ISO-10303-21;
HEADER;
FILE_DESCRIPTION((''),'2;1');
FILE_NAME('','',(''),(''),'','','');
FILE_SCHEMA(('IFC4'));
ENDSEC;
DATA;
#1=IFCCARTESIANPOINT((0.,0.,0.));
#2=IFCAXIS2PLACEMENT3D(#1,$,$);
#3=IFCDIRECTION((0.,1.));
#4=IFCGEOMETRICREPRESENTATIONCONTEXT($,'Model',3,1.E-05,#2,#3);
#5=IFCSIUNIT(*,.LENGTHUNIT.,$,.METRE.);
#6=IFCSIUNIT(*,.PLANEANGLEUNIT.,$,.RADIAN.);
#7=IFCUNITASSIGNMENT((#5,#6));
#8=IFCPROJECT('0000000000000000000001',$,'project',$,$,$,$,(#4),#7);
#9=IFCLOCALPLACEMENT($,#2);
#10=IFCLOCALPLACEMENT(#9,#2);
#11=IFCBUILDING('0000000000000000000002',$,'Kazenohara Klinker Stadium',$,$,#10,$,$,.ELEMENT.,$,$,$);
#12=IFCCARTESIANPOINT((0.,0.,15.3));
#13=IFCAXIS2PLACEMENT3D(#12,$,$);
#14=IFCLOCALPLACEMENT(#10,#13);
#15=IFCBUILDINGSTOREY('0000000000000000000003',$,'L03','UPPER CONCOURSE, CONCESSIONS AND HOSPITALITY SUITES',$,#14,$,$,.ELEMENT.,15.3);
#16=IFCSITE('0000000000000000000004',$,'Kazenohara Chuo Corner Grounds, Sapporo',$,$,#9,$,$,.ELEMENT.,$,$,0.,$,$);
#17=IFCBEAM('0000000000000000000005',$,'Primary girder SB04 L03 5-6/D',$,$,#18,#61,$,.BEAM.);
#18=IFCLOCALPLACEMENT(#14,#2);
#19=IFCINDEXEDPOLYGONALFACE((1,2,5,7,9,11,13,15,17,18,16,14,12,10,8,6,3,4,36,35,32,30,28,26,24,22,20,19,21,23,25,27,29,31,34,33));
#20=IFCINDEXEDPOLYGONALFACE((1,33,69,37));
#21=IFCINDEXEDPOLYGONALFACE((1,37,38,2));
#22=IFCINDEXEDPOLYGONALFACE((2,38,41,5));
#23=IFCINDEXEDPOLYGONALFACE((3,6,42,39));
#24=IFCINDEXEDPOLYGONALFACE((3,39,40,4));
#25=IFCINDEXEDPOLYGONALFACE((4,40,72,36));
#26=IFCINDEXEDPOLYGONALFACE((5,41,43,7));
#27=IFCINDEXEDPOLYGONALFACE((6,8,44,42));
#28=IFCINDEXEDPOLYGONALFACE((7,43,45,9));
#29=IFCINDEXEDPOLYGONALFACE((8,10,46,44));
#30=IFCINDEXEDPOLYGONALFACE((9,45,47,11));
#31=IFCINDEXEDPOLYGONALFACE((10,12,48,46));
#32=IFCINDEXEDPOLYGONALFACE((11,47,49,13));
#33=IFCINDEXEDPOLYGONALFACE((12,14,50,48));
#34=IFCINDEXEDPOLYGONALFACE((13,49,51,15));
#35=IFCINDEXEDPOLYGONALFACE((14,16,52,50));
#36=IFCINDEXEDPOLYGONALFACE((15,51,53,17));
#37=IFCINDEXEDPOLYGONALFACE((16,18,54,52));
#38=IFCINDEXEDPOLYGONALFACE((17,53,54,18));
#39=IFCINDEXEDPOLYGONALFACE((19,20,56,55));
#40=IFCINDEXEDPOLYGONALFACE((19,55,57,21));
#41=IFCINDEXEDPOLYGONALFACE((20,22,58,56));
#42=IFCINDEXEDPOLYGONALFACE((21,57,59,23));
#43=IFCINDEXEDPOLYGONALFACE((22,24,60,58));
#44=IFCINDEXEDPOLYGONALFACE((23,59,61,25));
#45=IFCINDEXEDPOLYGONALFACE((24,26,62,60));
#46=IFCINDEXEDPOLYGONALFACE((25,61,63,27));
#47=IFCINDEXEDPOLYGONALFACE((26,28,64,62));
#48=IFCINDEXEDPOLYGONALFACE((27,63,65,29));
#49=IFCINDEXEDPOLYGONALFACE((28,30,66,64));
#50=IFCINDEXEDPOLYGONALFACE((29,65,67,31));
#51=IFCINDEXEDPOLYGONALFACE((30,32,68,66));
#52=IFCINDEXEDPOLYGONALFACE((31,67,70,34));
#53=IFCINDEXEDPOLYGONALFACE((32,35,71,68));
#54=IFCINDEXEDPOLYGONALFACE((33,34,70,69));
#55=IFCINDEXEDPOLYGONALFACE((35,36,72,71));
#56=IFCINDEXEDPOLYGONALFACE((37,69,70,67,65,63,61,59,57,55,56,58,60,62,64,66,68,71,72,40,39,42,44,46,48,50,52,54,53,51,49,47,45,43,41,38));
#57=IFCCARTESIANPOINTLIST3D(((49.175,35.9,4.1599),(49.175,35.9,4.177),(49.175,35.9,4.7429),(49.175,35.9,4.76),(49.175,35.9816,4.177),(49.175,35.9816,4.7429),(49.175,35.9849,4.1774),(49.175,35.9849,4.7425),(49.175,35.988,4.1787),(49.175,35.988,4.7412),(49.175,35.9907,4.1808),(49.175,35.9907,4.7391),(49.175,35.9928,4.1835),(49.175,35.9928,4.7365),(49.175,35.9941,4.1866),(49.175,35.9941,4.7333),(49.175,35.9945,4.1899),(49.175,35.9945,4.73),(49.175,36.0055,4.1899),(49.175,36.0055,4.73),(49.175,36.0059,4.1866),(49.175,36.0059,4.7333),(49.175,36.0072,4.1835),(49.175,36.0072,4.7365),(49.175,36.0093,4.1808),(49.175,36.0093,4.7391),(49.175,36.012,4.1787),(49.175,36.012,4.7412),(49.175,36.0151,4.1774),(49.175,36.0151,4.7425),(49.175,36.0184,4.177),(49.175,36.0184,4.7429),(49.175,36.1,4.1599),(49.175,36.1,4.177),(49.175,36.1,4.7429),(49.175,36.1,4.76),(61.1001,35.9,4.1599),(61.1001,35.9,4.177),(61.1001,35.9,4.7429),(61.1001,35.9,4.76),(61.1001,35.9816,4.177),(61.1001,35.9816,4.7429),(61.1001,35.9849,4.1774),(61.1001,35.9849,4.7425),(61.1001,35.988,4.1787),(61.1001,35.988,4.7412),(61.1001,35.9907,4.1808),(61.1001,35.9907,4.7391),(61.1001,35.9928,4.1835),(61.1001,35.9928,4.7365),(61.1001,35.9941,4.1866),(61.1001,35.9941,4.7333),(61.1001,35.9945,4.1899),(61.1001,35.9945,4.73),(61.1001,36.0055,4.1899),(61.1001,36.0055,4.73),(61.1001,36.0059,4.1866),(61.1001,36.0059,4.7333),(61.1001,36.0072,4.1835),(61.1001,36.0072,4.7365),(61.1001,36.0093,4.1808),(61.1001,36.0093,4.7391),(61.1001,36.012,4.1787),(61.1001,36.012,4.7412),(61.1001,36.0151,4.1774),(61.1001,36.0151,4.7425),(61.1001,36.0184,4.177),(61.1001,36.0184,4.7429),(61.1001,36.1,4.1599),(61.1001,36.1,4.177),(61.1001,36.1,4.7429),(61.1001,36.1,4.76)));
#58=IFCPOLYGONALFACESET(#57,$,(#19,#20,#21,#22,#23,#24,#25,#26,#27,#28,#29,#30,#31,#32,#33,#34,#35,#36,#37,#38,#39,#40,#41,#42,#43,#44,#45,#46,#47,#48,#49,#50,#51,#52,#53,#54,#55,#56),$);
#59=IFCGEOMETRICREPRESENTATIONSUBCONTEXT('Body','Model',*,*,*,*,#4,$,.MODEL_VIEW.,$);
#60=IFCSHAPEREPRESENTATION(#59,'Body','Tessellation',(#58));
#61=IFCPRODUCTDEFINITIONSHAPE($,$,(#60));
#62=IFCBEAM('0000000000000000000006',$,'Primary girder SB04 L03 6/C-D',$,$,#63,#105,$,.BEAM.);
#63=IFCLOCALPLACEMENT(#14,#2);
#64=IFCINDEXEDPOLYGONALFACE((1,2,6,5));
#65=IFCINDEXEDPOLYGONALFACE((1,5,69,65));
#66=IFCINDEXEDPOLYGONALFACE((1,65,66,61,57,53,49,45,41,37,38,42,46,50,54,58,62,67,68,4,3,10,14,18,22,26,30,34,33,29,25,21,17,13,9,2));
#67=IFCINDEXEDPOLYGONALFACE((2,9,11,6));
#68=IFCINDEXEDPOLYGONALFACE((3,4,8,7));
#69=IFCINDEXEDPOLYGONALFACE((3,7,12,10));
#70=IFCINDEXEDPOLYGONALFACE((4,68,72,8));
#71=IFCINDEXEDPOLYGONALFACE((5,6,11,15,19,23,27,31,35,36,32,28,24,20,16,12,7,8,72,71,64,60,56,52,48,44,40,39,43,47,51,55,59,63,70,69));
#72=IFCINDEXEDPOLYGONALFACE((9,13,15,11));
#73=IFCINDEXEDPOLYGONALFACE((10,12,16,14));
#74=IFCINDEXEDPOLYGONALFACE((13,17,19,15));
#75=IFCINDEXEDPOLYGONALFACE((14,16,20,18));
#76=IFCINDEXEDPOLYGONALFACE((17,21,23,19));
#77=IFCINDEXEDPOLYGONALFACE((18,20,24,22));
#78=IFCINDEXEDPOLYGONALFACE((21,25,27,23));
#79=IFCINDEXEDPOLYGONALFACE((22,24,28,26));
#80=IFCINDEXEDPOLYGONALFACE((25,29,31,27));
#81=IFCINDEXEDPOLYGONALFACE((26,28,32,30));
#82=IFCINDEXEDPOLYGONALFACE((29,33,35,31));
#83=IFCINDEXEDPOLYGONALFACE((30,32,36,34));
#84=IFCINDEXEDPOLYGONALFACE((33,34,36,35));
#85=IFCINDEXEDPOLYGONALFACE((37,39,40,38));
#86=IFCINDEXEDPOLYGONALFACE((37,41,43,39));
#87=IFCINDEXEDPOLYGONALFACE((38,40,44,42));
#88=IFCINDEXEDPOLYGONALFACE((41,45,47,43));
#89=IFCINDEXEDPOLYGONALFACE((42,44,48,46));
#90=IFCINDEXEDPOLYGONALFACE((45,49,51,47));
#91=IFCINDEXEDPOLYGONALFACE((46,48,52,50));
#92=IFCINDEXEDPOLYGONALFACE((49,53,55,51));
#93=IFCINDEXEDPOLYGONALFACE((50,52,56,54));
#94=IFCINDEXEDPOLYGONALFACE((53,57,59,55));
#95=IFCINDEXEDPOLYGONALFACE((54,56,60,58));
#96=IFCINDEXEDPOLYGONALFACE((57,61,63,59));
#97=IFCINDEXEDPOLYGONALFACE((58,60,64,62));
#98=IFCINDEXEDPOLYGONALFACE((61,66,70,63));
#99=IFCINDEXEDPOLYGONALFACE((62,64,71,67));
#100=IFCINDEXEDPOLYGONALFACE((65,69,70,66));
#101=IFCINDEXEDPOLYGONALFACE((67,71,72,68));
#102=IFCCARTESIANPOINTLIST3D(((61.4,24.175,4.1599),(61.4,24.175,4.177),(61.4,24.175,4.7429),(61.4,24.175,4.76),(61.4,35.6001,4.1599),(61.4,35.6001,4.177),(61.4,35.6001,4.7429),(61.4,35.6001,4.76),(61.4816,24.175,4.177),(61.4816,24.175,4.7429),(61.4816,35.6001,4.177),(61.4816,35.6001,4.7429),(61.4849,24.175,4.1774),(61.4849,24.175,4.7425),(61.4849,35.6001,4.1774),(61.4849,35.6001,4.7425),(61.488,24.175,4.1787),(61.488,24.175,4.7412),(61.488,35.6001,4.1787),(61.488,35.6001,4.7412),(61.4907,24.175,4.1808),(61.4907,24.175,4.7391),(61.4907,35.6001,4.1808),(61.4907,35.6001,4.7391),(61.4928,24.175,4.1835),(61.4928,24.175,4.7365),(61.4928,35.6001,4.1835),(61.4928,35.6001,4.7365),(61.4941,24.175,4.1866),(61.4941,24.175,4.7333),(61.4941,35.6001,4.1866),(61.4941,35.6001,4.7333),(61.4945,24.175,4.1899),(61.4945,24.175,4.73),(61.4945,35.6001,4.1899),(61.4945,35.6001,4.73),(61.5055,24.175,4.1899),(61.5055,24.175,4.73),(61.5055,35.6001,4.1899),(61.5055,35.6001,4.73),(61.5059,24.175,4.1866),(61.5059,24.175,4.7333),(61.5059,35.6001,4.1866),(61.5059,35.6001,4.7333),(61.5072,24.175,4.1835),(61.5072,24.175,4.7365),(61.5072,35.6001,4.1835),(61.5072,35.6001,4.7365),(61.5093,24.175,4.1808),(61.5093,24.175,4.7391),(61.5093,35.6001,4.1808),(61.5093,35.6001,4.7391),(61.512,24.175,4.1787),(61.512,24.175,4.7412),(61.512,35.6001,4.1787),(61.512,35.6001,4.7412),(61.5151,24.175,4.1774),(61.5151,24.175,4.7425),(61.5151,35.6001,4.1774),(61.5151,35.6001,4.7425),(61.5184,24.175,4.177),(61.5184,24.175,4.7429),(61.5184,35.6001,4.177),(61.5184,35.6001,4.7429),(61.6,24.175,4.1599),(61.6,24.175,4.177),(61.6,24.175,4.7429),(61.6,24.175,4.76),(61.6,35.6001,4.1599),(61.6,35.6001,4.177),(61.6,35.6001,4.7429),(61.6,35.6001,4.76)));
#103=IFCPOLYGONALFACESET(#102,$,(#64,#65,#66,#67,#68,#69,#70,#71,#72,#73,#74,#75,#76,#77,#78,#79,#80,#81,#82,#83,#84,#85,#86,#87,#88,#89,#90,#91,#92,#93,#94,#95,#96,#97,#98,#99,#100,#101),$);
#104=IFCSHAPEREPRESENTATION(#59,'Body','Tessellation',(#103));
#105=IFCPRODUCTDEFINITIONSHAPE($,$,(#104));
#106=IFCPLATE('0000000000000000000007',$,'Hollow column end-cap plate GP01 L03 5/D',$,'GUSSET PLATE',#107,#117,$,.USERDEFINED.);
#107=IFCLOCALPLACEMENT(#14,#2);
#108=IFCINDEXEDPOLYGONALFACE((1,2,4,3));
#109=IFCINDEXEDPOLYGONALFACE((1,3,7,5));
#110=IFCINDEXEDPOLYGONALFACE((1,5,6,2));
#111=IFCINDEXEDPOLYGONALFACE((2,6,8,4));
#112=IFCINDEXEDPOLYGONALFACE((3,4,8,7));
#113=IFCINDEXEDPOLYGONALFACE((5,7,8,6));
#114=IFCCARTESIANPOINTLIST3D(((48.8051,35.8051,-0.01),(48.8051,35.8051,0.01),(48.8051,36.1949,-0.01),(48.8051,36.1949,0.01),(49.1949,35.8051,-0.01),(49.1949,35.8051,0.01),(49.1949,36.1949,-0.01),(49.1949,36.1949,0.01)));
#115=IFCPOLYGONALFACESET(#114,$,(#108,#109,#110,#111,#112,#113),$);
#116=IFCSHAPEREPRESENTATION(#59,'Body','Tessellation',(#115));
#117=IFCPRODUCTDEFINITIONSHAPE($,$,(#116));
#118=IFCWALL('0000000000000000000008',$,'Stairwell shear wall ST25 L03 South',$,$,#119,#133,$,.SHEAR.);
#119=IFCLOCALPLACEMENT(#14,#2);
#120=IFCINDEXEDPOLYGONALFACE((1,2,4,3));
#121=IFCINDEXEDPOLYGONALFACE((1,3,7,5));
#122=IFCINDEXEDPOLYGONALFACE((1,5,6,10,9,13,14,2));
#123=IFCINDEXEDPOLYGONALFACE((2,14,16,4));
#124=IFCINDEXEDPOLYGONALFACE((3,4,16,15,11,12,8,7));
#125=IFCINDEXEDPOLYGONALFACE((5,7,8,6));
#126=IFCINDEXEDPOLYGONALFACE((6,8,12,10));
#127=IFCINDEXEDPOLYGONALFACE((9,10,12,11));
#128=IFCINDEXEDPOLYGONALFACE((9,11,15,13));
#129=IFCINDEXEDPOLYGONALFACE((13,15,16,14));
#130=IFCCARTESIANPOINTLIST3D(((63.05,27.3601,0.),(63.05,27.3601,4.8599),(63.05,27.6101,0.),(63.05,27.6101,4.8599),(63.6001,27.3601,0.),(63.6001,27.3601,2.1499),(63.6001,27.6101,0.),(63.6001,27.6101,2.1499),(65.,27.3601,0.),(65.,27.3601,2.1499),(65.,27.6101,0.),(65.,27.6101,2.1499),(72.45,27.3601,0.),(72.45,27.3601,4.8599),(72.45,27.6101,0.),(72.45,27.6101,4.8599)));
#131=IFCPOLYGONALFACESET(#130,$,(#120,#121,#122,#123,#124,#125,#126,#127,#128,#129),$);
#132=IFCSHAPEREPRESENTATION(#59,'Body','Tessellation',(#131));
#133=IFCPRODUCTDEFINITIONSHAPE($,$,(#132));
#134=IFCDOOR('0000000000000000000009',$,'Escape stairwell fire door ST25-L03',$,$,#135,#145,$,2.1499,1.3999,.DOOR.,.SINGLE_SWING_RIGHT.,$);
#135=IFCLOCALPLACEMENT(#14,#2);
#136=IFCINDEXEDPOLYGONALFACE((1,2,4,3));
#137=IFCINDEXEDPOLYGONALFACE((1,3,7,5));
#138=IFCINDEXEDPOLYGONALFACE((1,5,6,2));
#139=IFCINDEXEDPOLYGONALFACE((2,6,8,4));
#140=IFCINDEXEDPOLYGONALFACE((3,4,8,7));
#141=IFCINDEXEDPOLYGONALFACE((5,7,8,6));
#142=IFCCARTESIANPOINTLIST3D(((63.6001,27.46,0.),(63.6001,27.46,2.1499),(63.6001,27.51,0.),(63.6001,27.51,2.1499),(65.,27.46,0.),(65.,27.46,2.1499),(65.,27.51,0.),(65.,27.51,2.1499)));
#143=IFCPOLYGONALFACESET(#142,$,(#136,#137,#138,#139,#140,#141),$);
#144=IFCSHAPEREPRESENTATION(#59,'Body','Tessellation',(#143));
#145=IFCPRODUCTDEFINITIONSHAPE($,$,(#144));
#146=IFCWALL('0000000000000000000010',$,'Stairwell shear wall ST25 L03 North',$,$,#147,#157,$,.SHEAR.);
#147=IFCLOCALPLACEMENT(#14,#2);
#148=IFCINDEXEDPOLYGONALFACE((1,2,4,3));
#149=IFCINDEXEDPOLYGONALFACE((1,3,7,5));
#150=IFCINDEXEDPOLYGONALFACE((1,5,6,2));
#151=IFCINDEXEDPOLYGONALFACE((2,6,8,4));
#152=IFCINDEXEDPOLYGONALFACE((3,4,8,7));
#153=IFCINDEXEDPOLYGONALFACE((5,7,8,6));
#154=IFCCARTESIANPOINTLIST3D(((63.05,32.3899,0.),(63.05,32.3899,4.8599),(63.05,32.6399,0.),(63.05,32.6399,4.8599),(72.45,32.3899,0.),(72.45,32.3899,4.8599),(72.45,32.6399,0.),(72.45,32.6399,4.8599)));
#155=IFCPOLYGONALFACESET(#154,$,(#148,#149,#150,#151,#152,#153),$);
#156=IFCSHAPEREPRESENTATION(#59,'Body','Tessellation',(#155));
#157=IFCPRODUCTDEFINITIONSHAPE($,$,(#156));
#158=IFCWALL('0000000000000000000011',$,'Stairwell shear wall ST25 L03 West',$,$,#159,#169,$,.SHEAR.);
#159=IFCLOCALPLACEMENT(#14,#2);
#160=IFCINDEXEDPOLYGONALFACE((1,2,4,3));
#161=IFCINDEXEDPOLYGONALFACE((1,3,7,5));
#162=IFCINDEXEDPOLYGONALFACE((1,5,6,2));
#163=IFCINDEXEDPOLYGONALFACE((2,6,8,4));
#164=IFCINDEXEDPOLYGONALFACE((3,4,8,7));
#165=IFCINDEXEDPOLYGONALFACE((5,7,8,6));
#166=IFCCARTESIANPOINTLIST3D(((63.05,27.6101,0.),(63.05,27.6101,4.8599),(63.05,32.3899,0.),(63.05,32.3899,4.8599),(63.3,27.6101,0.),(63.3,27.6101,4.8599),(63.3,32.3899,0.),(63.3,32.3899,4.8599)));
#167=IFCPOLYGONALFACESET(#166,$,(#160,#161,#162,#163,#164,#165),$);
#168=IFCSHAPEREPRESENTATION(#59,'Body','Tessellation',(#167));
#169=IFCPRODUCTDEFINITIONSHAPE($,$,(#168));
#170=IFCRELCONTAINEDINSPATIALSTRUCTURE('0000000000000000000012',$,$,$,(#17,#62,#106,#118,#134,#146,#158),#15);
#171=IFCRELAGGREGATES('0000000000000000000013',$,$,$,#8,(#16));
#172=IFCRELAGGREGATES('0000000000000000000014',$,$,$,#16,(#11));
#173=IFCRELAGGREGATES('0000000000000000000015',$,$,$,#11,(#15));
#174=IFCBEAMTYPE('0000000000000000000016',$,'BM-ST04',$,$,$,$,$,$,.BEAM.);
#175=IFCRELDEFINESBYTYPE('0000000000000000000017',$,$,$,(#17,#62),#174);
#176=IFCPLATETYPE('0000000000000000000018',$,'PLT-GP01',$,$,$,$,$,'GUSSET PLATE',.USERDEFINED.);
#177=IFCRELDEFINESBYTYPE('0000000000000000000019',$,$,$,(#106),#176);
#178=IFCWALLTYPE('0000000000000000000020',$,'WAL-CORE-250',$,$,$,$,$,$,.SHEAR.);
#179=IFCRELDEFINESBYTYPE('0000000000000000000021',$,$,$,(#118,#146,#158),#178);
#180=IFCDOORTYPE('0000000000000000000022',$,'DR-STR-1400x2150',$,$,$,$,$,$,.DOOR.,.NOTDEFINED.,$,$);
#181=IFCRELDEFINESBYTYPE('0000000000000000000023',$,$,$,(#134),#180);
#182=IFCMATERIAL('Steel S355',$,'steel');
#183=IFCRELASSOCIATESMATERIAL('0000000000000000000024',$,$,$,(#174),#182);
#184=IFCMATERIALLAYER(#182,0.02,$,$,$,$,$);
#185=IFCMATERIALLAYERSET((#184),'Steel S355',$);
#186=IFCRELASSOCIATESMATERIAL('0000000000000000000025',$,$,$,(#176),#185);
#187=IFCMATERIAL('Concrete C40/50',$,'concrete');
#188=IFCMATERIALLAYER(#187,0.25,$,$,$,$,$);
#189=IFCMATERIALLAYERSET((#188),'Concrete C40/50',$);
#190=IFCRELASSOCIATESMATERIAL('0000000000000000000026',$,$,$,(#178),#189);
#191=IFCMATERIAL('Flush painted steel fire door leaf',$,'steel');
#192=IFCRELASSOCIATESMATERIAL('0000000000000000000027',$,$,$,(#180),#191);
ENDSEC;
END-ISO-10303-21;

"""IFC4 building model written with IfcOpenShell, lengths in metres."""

from ifc_helpers import new_model, si_unit, direction, frame, frame_2d, origin, origin_2d, place, context, subcontext, project, spatial, rectangle, i_section, extrude, material, layer, layer_set, material_profile, profile_set, type_object, element, fill, save


model = new_model("IFC4")

# Units and contexts
model_context = context("Model", 3, precision=1e-05, world=origin(), true_north=direction((0.0, 1.0)))
body_context = subcontext(model_context, "Body", "Model", "MODEL_VIEW")
ifc_project = project(units=[si_unit("LENGTHUNIT", "METRE"), si_unit("PLANEANGLEUNIT", "RADIAN")], contexts=[model_context])

# Site, building, storey
site_placement = place(None, origin())
site = spatial("IfcSite", under=ifc_project, at=site_placement, Name="Kazenohara Chuo Corner Grounds, Sapporo", CompositionType="ELEMENT", RefElevation=0.0)
building_placement = place(site_placement, origin())
building = spatial("IfcBuilding", under=site, at=building_placement, Name="Kazenohara Klinker Stadium", CompositionType="ELEMENT")
storey_placement = place(building_placement, frame((0.0, 0.0, 15.3)))
storey = spatial("IfcBuildingStorey", under=building, at=storey_placement, Name="L03", Description="UPPER CONCOURSE, CONCESSIONS AND HOSPITALITY SUITES", CompositionType="ELEMENT", Elevation=15.3)

# Shared definitions
ifc_material_1 = material(Name="Concrete C40/50", Category="concrete")
ifc_material_2 = material(Name="Steel S355", Category="steel")

# Beams
ifc_material_profile_1 = material_profile(ifc_material_2, i_section(OverallWidth=0.2, OverallDepth=0.6001, WebThickness=0.011, FlangeThickness=0.0171, FilletRadius=0.0129, at=origin_2d()), Name="H-600x200x11x17")
ifc_profile_set_1 = profile_set([ifc_material_profile_1], Name="Steel S355")
beam_type_1 = type_object("IfcBeamType", Name="BM-ST04", PredefinedType="BEAM", material=ifc_profile_set_1)
beam_1_placement = place(storey_placement, frame((49.175, 36.0, 4.46), z_axis=(1.0, 0.0, 0.0), x_axis=(0.0, 1.0, 0.0)))
element("IfcBeam", 1, at=beam_1_placement, inside=storey, type_object=beam_type_1, Name="Primary girder SB04 L03 5-6/D", PredefinedType="BEAM", context=body_context, shape_type="SweptSolid", body=[
    extrude(i_section(OverallWidth=0.2, OverallDepth=0.6001, WebThickness=0.011, FlangeThickness=0.0171, FilletRadius=0.0129, at=origin_2d()), origin(), (0.0, 0.0, 1.0), 11.925),
])
beam_2_placement = place(storey_placement, frame((61.5, 24.175, 4.46), z_axis=(0.0, 1.0, 0.0), x_axis=(-1.0, 0.0, 0.0)))
element("IfcBeam", 2, at=beam_2_placement, inside=storey, type_object=beam_type_1, Name="Primary girder SB04 L03 6/C-D", PredefinedType="BEAM", context=body_context, shape_type="SweptSolid", body=[
    extrude(i_section(OverallWidth=0.2, OverallDepth=0.6001, WebThickness=0.011, FlangeThickness=0.0171, FilletRadius=0.0129, at=origin_2d()), origin(), (0.0, 0.0, 1.0), 11.425),
])

# Plate
ifc_layer_1 = layer(ifc_material_2, 0.02)
ifc_layer_set_1 = layer_set([ifc_layer_1], Name="Steel S355")
plate_type = type_object("IfcPlateType", Name="PLT-GP01", ElementType="GUSSET PLATE", PredefinedType="USERDEFINED", material=ifc_layer_set_1)
plate_placement = place(storey_placement, frame((49.0, 36.0, -0.01), z_axis=(0.0, 0.0, 1.0), x_axis=(1.0, 0.0, 0.0)))
element("IfcPlate", 3, at=plate_placement, inside=storey, type_object=plate_type, Name="Hollow column end-cap plate GP01 L03 5/D", ObjectType="GUSSET PLATE", PredefinedType="USERDEFINED", context=body_context, shape_type="SweptSolid", body=[
    extrude(rectangle(XDim=0.3899, YDim=0.3899, at=origin_2d()), origin(), (0.0, 0.0, 1.0), 0.02),
])

# Wall, opening, door
ifc_layer_2 = layer(ifc_material_1, 0.25)
ifc_layer_set_2 = layer_set([ifc_layer_2], Name="Concrete C40/50")
wall_type_1 = type_object("IfcWallType", Name="WAL-CORE-250", PredefinedType="SHEAR", material=ifc_layer_set_2)
wall_1_placement = place(storey_placement, frame((63.05, 27.4851, 0.0), z_axis=(0.0, 0.0, 1.0), x_axis=(1.0, 0.0, 0.0)))
wall_1 = element("IfcWall", 4, at=wall_1_placement, inside=storey, type_object=wall_type_1, Name="Stairwell shear wall ST25 L03 South", PredefinedType="SHEAR", context=body_context, shape_type="SweptSolid", body=[
    extrude(rectangle(XDim=9.3999, YDim=0.25, at=frame_2d((4.7, 0.0))), origin(), (0.0, 0.0, 1.0), 4.8599),
])
opening_1_placement = place(wall_1_placement, frame((0.55, 0.0, 0.0)))
opening_1 = element("IfcOpeningElement", 5, at=opening_1_placement, cuts=wall_1, PredefinedType="OPENING", context=body_context, shape_type="SweptSolid", body=[
    extrude(rectangle(XDim=1.3999, YDim=2.1499, at=frame_2d((0.7, 1.075))), frame((0.0, 0.135, 0.0), z_axis=(0.0, -1.0, 0.0), x_axis=(1.0, 0.0, 0.0)), (0.0, 0.0, 1.0), 0.27),
])
ifc_material_3 = material(Name="Flush painted steel fire door leaf", Category="steel")
door_type_1 = type_object("IfcDoorType", Name="DR-STR-1400x2150", OperationType="NOTDEFINED", PredefinedType="DOOR", material=ifc_material_3)
door_1_placement = place(opening_1_placement, origin())
door_1 = element("IfcDoor", 6, at=door_1_placement, inside=storey, type_object=door_type_1, Name="Escape stairwell fire door ST25-L03", OperationType="SINGLE_SWING_RIGHT", OverallHeight=2.1499, OverallWidth=1.3999, PredefinedType="DOOR", context=body_context, shape_type="SweptSolid", body=[
    extrude(rectangle(XDim=1.3999, YDim=2.1499, at=frame_2d((0.7, 1.075))), frame((0.0, 0.0249, 0.0), z_axis=(0.0, -1.0, 0.0), x_axis=(1.0, 0.0, 0.0)), (0.0, 0.0, 1.0), 0.05),
])
fill(opening_1, door_1)

# Walls
wall_2_placement = place(storey_placement, frame((63.05, 32.5149, 0.0), z_axis=(0.0, 0.0, 1.0), x_axis=(1.0, 0.0, 0.0)))
element("IfcWall", 7, at=wall_2_placement, inside=storey, type_object=wall_type_1, Name="Stairwell shear wall ST25 L03 North", PredefinedType="SHEAR", context=body_context, shape_type="SweptSolid", body=[
    extrude(rectangle(XDim=9.3999, YDim=0.25, at=frame_2d((4.7, 0.0))), origin(), (0.0, 0.0, 1.0), 4.8599),
])
wall_3_placement = place(storey_placement, frame((63.175, 27.6101, 0.0), z_axis=(0.0, 0.0, 1.0), x_axis=(0.0, 1.0, 0.0)))
element("IfcWall", 8, at=wall_3_placement, inside=storey, type_object=wall_type_1, Name="Stairwell shear wall ST25 L03 West", PredefinedType="SHEAR", context=body_context, shape_type="SweptSolid", body=[
    extrude(rectangle(XDim=4.7798, YDim=0.25, at=frame_2d((2.3899, 0.0))), origin(), (0.0, 0.0, 1.0), 4.8599),
])

save(model, "model.ifc")
